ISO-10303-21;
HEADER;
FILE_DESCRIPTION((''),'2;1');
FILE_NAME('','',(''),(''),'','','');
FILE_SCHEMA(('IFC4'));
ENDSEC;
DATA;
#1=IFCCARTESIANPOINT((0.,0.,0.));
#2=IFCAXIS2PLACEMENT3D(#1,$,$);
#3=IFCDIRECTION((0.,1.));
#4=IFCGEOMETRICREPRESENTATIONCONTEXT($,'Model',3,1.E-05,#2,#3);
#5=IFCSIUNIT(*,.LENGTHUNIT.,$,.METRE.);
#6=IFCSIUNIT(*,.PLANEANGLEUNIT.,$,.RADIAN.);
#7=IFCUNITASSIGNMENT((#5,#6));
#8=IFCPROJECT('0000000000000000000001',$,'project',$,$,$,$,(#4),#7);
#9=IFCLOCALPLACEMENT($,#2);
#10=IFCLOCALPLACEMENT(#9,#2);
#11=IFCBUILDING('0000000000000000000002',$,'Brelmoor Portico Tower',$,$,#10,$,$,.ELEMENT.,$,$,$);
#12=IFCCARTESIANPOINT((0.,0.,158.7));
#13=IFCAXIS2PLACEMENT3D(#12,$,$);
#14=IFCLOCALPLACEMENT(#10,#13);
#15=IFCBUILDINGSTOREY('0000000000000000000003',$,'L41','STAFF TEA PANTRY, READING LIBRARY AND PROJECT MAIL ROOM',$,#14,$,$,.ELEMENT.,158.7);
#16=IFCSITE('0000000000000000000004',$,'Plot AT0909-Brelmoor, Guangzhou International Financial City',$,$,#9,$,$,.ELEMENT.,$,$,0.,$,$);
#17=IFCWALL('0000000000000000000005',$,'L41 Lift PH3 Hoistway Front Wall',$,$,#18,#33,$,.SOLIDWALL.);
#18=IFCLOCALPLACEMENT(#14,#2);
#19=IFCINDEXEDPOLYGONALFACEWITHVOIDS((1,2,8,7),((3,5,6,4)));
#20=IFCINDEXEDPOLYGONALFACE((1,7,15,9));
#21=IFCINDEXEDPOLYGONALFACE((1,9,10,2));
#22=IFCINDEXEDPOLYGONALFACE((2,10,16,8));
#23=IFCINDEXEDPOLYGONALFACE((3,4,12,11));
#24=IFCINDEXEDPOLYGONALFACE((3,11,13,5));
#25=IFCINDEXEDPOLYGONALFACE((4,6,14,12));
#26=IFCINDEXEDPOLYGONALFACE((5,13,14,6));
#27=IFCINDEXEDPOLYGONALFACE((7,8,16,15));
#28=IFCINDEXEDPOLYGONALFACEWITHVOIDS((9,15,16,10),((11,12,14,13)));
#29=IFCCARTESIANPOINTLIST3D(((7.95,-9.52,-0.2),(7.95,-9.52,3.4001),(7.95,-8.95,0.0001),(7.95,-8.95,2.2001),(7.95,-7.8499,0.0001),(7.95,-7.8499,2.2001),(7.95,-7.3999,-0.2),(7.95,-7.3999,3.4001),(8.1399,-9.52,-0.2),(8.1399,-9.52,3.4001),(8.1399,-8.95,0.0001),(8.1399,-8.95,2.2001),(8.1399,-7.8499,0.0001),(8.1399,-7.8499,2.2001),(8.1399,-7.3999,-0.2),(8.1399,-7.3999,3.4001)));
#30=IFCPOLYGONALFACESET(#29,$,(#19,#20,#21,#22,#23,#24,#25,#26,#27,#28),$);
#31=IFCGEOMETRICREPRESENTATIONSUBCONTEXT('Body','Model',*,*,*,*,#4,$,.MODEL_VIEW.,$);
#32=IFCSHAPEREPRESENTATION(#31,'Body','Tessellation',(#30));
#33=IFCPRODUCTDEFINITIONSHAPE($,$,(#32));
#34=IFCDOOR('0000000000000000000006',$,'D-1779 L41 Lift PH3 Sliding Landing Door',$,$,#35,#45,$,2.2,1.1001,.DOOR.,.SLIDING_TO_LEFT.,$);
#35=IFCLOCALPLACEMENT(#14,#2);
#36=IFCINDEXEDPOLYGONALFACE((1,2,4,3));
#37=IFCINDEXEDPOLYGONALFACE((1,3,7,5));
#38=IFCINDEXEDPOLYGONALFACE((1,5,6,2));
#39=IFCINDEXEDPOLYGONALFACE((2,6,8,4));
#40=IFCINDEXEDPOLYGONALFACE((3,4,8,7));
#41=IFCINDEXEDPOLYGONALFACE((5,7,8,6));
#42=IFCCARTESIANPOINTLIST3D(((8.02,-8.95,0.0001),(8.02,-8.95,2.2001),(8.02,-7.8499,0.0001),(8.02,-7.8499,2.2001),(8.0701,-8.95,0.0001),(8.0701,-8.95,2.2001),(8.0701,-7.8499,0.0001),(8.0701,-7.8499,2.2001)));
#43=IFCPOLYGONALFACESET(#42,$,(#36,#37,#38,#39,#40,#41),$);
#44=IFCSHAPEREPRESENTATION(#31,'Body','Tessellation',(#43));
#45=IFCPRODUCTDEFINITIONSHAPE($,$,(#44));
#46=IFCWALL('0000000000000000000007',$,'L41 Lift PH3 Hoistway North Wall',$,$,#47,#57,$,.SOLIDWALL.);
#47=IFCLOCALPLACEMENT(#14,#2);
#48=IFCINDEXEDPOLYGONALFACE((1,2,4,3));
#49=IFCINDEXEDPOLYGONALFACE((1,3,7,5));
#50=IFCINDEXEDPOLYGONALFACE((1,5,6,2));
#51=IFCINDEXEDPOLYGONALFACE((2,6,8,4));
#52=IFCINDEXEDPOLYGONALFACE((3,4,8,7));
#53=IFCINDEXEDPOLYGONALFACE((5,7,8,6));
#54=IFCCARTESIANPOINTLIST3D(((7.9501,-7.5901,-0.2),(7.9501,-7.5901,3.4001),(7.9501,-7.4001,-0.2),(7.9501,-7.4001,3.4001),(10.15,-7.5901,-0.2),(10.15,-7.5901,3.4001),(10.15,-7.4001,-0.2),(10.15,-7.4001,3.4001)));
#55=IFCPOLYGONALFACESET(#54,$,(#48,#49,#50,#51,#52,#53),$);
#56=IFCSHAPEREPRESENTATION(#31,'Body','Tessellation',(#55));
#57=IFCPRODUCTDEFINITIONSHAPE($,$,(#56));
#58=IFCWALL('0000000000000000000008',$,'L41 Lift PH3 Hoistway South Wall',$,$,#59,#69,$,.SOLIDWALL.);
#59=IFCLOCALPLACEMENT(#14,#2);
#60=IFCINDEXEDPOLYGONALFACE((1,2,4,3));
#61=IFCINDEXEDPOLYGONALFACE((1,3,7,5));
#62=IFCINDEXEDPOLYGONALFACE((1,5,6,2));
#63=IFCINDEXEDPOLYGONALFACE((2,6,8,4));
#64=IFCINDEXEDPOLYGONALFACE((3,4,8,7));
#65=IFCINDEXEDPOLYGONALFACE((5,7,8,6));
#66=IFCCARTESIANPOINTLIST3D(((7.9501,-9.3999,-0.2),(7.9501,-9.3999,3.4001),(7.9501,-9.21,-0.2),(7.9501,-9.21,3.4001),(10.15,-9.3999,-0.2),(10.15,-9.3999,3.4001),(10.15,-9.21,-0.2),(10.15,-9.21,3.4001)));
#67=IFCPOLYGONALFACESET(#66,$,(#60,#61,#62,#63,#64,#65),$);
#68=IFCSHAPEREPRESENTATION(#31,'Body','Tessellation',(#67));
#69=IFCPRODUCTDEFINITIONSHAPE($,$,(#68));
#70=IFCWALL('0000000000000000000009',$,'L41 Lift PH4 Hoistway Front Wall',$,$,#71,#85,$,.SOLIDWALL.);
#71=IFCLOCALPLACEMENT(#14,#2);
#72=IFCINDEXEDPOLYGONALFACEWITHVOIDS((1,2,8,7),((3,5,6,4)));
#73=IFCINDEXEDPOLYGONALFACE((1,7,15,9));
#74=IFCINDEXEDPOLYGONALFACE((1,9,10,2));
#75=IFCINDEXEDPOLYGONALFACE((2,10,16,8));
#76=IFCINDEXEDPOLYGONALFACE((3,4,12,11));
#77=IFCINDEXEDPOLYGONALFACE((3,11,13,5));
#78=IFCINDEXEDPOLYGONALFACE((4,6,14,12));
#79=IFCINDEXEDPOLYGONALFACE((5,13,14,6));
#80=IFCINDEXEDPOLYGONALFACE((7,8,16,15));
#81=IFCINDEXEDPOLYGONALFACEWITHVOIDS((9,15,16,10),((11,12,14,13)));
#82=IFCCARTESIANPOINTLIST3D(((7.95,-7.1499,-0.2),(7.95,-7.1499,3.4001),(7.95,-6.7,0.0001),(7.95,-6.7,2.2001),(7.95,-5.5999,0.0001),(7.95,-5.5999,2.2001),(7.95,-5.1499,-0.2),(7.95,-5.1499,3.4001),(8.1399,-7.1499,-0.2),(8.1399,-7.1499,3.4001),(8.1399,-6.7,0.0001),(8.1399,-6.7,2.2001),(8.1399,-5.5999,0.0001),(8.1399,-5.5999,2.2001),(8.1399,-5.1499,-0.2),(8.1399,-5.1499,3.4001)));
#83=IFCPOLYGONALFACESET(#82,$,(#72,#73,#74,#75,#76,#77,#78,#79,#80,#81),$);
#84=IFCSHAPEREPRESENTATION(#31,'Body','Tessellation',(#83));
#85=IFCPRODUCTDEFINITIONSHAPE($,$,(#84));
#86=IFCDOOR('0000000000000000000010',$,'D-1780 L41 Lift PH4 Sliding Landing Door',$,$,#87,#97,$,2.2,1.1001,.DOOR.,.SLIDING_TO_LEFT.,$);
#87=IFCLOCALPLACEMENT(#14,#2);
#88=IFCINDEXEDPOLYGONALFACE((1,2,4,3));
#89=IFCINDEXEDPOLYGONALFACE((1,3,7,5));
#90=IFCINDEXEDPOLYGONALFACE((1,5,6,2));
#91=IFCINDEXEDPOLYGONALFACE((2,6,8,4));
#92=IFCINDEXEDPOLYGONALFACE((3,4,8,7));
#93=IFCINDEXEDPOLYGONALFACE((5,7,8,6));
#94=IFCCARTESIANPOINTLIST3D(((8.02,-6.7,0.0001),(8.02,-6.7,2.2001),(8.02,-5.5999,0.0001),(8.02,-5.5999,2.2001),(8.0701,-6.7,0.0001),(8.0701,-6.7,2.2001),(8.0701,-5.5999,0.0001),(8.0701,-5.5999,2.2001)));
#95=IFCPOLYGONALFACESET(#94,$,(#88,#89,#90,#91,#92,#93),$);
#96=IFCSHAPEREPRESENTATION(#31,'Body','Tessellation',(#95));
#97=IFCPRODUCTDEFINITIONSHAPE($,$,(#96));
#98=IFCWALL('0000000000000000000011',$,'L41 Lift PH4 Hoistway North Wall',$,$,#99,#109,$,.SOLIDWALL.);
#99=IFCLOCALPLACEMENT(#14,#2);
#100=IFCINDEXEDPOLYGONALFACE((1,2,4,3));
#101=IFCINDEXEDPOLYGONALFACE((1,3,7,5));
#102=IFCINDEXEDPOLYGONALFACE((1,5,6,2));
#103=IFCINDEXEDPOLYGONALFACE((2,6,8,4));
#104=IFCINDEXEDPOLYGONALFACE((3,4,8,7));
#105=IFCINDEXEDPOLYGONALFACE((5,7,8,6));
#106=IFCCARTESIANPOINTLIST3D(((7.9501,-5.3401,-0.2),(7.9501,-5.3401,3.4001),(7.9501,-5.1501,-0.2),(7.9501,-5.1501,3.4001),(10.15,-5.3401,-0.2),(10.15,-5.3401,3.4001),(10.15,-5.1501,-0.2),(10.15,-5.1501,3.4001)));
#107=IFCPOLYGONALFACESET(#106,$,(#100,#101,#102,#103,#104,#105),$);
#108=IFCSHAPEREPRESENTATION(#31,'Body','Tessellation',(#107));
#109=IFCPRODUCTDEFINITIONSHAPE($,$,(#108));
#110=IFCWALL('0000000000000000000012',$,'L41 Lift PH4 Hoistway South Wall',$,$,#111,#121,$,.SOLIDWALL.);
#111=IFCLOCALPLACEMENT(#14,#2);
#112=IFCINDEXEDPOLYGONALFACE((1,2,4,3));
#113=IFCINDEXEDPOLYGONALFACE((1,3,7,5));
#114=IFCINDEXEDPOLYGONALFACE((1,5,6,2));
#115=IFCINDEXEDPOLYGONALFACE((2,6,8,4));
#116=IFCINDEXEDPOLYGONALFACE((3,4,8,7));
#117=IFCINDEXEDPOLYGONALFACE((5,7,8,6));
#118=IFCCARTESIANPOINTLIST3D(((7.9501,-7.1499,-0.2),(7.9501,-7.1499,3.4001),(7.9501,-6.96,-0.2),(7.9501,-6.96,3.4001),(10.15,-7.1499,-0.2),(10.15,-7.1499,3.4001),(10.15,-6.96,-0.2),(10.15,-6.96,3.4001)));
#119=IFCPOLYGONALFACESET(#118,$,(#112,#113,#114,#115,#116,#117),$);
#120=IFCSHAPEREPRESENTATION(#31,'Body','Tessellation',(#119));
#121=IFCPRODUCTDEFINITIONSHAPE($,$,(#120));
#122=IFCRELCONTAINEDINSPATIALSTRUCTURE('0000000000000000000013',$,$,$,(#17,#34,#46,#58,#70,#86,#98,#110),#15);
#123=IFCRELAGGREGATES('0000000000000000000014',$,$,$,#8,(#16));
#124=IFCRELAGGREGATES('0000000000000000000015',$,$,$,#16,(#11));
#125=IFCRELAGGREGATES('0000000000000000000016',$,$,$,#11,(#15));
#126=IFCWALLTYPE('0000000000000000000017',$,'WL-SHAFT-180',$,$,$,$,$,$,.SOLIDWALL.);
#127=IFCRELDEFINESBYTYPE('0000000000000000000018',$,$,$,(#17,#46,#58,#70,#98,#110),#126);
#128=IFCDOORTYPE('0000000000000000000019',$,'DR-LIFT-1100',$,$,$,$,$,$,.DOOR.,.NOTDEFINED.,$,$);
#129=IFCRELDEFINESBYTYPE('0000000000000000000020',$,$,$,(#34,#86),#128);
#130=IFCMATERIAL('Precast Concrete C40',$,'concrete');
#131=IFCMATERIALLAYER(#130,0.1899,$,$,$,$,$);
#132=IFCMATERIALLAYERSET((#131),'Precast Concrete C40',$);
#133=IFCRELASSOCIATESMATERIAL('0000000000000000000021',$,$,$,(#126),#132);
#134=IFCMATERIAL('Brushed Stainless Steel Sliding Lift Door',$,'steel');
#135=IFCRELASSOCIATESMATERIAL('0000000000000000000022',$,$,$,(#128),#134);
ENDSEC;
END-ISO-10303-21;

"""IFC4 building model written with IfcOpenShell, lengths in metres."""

from ifc_helpers import new_model, si_unit, direction, frame, frame_2d, origin, place, context, subcontext, project, spatial, rectangle, extrude, material, layer, layer_set, type_object, element, fill, save


model = new_model("IFC4")

# Units and contexts
model_context = context("Model", 3, precision=1e-05, world=origin(), true_north=direction((0.0, 1.0)))
body_context = subcontext(model_context, "Body", "Model", "MODEL_VIEW")
ifc_project = project(units=[si_unit("LENGTHUNIT", "METRE"), si_unit("PLANEANGLEUNIT", "RADIAN")], contexts=[model_context])

# Site, building, storey
site_placement = place(None, origin())
site = spatial("IfcSite", under=ifc_project, at=site_placement, Name="Plot AT0909-Brelmoor, Guangzhou International Financial City", CompositionType="ELEMENT", RefElevation=0.0)
building_placement = place(site_placement, origin())
building = spatial("IfcBuilding", under=site, at=building_placement, Name="Brelmoor Portico Tower", CompositionType="ELEMENT")
storey_placement = place(building_placement, frame((0.0, 0.0, 158.7)))
storey = spatial("IfcBuildingStorey", under=building, at=storey_placement, Name="L41", Description="STAFF TEA PANTRY, READING LIBRARY AND PROJECT MAIL ROOM", CompositionType="ELEMENT", Elevation=158.7)

# Wall, opening, door
ifc_material_1 = material(Name="Precast Concrete C40", Category="concrete")
ifc_layer_1 = layer(ifc_material_1, 0.1899)
ifc_layer_set_1 = layer_set([ifc_layer_1], Name="Precast Concrete C40")
wall_type_1 = type_object("IfcWallType", Name="WL-SHAFT-180", PredefinedType="SOLIDWALL", material=ifc_layer_set_1)
wall_1_placement = place(storey_placement, frame((8.0449, -9.52, -0.2), z_axis=(0.0, 0.0, 1.0), x_axis=(0.0, 1.0, 0.0)))
wall_1 = element("IfcWall", 1, at=wall_1_placement, inside=storey, type_object=wall_type_1, Name="L41 Lift PH3 Hoistway Front Wall", PredefinedType="SOLIDWALL", context=body_context, shape_type="SweptSolid", body=[
    extrude(rectangle(XDim=2.1201, YDim=0.1899, at=frame_2d((1.0601, 0.0))), origin(), (0.0, 0.0, 1.0), 3.6001),
])
opening_1_placement = place(wall_1_placement, frame((0.5701, 0.0, 0.2)))
opening_1 = element("IfcOpeningElement", 2, at=opening_1_placement, cuts=wall_1, PredefinedType="OPENING", context=body_context, shape_type="SweptSolid", body=[
    extrude(rectangle(XDim=1.1001, YDim=2.2, at=frame_2d((0.55, 1.1001))), frame((0.0, 0.105, 0.0), z_axis=(0.0, -1.0, 0.0), x_axis=(1.0, 0.0, 0.0)), (0.0, 0.0, 1.0), 0.21),
])
ifc_material_2 = material(Name="Brushed Stainless Steel Sliding Lift Door", Category="steel")
door_type_1 = type_object("IfcDoorType", Name="DR-LIFT-1100", OperationType="NOTDEFINED", PredefinedType="DOOR", material=ifc_material_2)
door_1_placement = place(opening_1_placement, origin())
door_1 = element("IfcDoor", 3, at=door_1_placement, inside=storey, type_object=door_type_1, Name="D-1779 L41 Lift PH3 Sliding Landing Door", OperationType="SLIDING_TO_LEFT", OverallHeight=2.2, OverallWidth=1.1001, PredefinedType="DOOR", context=body_context, shape_type="SweptSolid", body=[
    extrude(rectangle(XDim=1.1001, YDim=2.2, at=frame_2d((0.55, 1.1001))), frame((0.0, 0.0249, 0.0), z_axis=(0.0, -1.0, 0.0), x_axis=(1.0, 0.0, 0.0)), (0.0, 0.0, 1.0), 0.05),
])
fill(opening_1, door_1)

# Walls
for number, where, z_axis, x_axis, name in (
    (4, (7.95, -7.4951, -0.2), (0.0, 0.0, 1.0), (1.0, 0.0, 0.0), "L41 Lift PH3 Hoistway North Wall"),
    (5, (7.95, -9.3049, -0.2), (0.0, 0.0, 1.0), (1.0, 0.0, 0.0), "L41 Lift PH3 Hoistway South Wall"),
):
    element("IfcWall", number, at=place(storey_placement, frame(where, z_axis=z_axis, x_axis=x_axis)), inside=storey, type_object=wall_type_1, Name=name, PredefinedType="SOLIDWALL", context=body_context, shape_type="SweptSolid", body=[
        extrude(rectangle(XDim=2.2, YDim=0.1899, at=frame_2d((1.1001, 0.0))), origin(), (0.0, 0.0, 1.0), 3.6001),
    ])

# Wall, opening, door
wall_2_placement = place(storey_placement, frame((8.0449, -7.1499, -0.2), z_axis=(0.0, 0.0, 1.0), x_axis=(0.0, 1.0, 0.0)))
wall_2 = element("IfcWall", 6, at=wall_2_placement, inside=storey, type_object=wall_type_1, Name="L41 Lift PH4 Hoistway Front Wall", PredefinedType="SOLIDWALL", context=body_context, shape_type="SweptSolid", body=[
    extrude(rectangle(XDim=2.0, YDim=0.1899, at=frame_2d((1.0, 0.0))), origin(), (0.0, 0.0, 1.0), 3.6001),
])
opening_2_placement = place(wall_2_placement, frame((0.45, 0.0, 0.2)))
opening_2 = element("IfcOpeningElement", 7, at=opening_2_placement, cuts=wall_2, PredefinedType="OPENING", context=body_context, shape_type="SweptSolid", body=[
    extrude(rectangle(XDim=1.1001, YDim=2.2, at=frame_2d((0.55, 1.1001))), frame((0.0, 0.105, 0.0), z_axis=(0.0, -1.0, 0.0), x_axis=(1.0, 0.0, 0.0)), (0.0, 0.0, 1.0), 0.21),
])
door_2_placement = place(opening_2_placement, origin())
door_2 = element("IfcDoor", 8, at=door_2_placement, inside=storey, type_object=door_type_1, Name="D-1780 L41 Lift PH4 Sliding Landing Door", OperationType="SLIDING_TO_LEFT", OverallHeight=2.2, OverallWidth=1.1001, PredefinedType="DOOR", context=body_context, shape_type="SweptSolid", body=[
    extrude(rectangle(XDim=1.1001, YDim=2.2, at=frame_2d((0.55, 1.1001))), frame((0.0, 0.0249, 0.0), z_axis=(0.0, -1.0, 0.0), x_axis=(1.0, 0.0, 0.0)), (0.0, 0.0, 1.0), 0.05),
])
fill(opening_2, door_2)

# Walls
for number, where, z_axis, x_axis, name in (
    (9, (7.95, -5.2451, -0.2), (0.0, 0.0, 1.0), (1.0, 0.0, 0.0), "L41 Lift PH4 Hoistway North Wall"),
    (10, (7.95, -7.0549, -0.2), (0.0, 0.0, 1.0), (1.0, 0.0, 0.0), "L41 Lift PH4 Hoistway South Wall"),
):
    element("IfcWall", number, at=place(storey_placement, frame(where, z_axis=z_axis, x_axis=x_axis)), inside=storey, type_object=wall_type_1, Name=name, PredefinedType="SOLIDWALL", context=body_context, shape_type="SweptSolid", body=[
        extrude(rectangle(XDim=2.2, YDim=0.1899, at=frame_2d((1.1001, 0.0))), origin(), (0.0, 0.0, 1.0), 3.6001),
    ])

save(model, "model.ifc")
